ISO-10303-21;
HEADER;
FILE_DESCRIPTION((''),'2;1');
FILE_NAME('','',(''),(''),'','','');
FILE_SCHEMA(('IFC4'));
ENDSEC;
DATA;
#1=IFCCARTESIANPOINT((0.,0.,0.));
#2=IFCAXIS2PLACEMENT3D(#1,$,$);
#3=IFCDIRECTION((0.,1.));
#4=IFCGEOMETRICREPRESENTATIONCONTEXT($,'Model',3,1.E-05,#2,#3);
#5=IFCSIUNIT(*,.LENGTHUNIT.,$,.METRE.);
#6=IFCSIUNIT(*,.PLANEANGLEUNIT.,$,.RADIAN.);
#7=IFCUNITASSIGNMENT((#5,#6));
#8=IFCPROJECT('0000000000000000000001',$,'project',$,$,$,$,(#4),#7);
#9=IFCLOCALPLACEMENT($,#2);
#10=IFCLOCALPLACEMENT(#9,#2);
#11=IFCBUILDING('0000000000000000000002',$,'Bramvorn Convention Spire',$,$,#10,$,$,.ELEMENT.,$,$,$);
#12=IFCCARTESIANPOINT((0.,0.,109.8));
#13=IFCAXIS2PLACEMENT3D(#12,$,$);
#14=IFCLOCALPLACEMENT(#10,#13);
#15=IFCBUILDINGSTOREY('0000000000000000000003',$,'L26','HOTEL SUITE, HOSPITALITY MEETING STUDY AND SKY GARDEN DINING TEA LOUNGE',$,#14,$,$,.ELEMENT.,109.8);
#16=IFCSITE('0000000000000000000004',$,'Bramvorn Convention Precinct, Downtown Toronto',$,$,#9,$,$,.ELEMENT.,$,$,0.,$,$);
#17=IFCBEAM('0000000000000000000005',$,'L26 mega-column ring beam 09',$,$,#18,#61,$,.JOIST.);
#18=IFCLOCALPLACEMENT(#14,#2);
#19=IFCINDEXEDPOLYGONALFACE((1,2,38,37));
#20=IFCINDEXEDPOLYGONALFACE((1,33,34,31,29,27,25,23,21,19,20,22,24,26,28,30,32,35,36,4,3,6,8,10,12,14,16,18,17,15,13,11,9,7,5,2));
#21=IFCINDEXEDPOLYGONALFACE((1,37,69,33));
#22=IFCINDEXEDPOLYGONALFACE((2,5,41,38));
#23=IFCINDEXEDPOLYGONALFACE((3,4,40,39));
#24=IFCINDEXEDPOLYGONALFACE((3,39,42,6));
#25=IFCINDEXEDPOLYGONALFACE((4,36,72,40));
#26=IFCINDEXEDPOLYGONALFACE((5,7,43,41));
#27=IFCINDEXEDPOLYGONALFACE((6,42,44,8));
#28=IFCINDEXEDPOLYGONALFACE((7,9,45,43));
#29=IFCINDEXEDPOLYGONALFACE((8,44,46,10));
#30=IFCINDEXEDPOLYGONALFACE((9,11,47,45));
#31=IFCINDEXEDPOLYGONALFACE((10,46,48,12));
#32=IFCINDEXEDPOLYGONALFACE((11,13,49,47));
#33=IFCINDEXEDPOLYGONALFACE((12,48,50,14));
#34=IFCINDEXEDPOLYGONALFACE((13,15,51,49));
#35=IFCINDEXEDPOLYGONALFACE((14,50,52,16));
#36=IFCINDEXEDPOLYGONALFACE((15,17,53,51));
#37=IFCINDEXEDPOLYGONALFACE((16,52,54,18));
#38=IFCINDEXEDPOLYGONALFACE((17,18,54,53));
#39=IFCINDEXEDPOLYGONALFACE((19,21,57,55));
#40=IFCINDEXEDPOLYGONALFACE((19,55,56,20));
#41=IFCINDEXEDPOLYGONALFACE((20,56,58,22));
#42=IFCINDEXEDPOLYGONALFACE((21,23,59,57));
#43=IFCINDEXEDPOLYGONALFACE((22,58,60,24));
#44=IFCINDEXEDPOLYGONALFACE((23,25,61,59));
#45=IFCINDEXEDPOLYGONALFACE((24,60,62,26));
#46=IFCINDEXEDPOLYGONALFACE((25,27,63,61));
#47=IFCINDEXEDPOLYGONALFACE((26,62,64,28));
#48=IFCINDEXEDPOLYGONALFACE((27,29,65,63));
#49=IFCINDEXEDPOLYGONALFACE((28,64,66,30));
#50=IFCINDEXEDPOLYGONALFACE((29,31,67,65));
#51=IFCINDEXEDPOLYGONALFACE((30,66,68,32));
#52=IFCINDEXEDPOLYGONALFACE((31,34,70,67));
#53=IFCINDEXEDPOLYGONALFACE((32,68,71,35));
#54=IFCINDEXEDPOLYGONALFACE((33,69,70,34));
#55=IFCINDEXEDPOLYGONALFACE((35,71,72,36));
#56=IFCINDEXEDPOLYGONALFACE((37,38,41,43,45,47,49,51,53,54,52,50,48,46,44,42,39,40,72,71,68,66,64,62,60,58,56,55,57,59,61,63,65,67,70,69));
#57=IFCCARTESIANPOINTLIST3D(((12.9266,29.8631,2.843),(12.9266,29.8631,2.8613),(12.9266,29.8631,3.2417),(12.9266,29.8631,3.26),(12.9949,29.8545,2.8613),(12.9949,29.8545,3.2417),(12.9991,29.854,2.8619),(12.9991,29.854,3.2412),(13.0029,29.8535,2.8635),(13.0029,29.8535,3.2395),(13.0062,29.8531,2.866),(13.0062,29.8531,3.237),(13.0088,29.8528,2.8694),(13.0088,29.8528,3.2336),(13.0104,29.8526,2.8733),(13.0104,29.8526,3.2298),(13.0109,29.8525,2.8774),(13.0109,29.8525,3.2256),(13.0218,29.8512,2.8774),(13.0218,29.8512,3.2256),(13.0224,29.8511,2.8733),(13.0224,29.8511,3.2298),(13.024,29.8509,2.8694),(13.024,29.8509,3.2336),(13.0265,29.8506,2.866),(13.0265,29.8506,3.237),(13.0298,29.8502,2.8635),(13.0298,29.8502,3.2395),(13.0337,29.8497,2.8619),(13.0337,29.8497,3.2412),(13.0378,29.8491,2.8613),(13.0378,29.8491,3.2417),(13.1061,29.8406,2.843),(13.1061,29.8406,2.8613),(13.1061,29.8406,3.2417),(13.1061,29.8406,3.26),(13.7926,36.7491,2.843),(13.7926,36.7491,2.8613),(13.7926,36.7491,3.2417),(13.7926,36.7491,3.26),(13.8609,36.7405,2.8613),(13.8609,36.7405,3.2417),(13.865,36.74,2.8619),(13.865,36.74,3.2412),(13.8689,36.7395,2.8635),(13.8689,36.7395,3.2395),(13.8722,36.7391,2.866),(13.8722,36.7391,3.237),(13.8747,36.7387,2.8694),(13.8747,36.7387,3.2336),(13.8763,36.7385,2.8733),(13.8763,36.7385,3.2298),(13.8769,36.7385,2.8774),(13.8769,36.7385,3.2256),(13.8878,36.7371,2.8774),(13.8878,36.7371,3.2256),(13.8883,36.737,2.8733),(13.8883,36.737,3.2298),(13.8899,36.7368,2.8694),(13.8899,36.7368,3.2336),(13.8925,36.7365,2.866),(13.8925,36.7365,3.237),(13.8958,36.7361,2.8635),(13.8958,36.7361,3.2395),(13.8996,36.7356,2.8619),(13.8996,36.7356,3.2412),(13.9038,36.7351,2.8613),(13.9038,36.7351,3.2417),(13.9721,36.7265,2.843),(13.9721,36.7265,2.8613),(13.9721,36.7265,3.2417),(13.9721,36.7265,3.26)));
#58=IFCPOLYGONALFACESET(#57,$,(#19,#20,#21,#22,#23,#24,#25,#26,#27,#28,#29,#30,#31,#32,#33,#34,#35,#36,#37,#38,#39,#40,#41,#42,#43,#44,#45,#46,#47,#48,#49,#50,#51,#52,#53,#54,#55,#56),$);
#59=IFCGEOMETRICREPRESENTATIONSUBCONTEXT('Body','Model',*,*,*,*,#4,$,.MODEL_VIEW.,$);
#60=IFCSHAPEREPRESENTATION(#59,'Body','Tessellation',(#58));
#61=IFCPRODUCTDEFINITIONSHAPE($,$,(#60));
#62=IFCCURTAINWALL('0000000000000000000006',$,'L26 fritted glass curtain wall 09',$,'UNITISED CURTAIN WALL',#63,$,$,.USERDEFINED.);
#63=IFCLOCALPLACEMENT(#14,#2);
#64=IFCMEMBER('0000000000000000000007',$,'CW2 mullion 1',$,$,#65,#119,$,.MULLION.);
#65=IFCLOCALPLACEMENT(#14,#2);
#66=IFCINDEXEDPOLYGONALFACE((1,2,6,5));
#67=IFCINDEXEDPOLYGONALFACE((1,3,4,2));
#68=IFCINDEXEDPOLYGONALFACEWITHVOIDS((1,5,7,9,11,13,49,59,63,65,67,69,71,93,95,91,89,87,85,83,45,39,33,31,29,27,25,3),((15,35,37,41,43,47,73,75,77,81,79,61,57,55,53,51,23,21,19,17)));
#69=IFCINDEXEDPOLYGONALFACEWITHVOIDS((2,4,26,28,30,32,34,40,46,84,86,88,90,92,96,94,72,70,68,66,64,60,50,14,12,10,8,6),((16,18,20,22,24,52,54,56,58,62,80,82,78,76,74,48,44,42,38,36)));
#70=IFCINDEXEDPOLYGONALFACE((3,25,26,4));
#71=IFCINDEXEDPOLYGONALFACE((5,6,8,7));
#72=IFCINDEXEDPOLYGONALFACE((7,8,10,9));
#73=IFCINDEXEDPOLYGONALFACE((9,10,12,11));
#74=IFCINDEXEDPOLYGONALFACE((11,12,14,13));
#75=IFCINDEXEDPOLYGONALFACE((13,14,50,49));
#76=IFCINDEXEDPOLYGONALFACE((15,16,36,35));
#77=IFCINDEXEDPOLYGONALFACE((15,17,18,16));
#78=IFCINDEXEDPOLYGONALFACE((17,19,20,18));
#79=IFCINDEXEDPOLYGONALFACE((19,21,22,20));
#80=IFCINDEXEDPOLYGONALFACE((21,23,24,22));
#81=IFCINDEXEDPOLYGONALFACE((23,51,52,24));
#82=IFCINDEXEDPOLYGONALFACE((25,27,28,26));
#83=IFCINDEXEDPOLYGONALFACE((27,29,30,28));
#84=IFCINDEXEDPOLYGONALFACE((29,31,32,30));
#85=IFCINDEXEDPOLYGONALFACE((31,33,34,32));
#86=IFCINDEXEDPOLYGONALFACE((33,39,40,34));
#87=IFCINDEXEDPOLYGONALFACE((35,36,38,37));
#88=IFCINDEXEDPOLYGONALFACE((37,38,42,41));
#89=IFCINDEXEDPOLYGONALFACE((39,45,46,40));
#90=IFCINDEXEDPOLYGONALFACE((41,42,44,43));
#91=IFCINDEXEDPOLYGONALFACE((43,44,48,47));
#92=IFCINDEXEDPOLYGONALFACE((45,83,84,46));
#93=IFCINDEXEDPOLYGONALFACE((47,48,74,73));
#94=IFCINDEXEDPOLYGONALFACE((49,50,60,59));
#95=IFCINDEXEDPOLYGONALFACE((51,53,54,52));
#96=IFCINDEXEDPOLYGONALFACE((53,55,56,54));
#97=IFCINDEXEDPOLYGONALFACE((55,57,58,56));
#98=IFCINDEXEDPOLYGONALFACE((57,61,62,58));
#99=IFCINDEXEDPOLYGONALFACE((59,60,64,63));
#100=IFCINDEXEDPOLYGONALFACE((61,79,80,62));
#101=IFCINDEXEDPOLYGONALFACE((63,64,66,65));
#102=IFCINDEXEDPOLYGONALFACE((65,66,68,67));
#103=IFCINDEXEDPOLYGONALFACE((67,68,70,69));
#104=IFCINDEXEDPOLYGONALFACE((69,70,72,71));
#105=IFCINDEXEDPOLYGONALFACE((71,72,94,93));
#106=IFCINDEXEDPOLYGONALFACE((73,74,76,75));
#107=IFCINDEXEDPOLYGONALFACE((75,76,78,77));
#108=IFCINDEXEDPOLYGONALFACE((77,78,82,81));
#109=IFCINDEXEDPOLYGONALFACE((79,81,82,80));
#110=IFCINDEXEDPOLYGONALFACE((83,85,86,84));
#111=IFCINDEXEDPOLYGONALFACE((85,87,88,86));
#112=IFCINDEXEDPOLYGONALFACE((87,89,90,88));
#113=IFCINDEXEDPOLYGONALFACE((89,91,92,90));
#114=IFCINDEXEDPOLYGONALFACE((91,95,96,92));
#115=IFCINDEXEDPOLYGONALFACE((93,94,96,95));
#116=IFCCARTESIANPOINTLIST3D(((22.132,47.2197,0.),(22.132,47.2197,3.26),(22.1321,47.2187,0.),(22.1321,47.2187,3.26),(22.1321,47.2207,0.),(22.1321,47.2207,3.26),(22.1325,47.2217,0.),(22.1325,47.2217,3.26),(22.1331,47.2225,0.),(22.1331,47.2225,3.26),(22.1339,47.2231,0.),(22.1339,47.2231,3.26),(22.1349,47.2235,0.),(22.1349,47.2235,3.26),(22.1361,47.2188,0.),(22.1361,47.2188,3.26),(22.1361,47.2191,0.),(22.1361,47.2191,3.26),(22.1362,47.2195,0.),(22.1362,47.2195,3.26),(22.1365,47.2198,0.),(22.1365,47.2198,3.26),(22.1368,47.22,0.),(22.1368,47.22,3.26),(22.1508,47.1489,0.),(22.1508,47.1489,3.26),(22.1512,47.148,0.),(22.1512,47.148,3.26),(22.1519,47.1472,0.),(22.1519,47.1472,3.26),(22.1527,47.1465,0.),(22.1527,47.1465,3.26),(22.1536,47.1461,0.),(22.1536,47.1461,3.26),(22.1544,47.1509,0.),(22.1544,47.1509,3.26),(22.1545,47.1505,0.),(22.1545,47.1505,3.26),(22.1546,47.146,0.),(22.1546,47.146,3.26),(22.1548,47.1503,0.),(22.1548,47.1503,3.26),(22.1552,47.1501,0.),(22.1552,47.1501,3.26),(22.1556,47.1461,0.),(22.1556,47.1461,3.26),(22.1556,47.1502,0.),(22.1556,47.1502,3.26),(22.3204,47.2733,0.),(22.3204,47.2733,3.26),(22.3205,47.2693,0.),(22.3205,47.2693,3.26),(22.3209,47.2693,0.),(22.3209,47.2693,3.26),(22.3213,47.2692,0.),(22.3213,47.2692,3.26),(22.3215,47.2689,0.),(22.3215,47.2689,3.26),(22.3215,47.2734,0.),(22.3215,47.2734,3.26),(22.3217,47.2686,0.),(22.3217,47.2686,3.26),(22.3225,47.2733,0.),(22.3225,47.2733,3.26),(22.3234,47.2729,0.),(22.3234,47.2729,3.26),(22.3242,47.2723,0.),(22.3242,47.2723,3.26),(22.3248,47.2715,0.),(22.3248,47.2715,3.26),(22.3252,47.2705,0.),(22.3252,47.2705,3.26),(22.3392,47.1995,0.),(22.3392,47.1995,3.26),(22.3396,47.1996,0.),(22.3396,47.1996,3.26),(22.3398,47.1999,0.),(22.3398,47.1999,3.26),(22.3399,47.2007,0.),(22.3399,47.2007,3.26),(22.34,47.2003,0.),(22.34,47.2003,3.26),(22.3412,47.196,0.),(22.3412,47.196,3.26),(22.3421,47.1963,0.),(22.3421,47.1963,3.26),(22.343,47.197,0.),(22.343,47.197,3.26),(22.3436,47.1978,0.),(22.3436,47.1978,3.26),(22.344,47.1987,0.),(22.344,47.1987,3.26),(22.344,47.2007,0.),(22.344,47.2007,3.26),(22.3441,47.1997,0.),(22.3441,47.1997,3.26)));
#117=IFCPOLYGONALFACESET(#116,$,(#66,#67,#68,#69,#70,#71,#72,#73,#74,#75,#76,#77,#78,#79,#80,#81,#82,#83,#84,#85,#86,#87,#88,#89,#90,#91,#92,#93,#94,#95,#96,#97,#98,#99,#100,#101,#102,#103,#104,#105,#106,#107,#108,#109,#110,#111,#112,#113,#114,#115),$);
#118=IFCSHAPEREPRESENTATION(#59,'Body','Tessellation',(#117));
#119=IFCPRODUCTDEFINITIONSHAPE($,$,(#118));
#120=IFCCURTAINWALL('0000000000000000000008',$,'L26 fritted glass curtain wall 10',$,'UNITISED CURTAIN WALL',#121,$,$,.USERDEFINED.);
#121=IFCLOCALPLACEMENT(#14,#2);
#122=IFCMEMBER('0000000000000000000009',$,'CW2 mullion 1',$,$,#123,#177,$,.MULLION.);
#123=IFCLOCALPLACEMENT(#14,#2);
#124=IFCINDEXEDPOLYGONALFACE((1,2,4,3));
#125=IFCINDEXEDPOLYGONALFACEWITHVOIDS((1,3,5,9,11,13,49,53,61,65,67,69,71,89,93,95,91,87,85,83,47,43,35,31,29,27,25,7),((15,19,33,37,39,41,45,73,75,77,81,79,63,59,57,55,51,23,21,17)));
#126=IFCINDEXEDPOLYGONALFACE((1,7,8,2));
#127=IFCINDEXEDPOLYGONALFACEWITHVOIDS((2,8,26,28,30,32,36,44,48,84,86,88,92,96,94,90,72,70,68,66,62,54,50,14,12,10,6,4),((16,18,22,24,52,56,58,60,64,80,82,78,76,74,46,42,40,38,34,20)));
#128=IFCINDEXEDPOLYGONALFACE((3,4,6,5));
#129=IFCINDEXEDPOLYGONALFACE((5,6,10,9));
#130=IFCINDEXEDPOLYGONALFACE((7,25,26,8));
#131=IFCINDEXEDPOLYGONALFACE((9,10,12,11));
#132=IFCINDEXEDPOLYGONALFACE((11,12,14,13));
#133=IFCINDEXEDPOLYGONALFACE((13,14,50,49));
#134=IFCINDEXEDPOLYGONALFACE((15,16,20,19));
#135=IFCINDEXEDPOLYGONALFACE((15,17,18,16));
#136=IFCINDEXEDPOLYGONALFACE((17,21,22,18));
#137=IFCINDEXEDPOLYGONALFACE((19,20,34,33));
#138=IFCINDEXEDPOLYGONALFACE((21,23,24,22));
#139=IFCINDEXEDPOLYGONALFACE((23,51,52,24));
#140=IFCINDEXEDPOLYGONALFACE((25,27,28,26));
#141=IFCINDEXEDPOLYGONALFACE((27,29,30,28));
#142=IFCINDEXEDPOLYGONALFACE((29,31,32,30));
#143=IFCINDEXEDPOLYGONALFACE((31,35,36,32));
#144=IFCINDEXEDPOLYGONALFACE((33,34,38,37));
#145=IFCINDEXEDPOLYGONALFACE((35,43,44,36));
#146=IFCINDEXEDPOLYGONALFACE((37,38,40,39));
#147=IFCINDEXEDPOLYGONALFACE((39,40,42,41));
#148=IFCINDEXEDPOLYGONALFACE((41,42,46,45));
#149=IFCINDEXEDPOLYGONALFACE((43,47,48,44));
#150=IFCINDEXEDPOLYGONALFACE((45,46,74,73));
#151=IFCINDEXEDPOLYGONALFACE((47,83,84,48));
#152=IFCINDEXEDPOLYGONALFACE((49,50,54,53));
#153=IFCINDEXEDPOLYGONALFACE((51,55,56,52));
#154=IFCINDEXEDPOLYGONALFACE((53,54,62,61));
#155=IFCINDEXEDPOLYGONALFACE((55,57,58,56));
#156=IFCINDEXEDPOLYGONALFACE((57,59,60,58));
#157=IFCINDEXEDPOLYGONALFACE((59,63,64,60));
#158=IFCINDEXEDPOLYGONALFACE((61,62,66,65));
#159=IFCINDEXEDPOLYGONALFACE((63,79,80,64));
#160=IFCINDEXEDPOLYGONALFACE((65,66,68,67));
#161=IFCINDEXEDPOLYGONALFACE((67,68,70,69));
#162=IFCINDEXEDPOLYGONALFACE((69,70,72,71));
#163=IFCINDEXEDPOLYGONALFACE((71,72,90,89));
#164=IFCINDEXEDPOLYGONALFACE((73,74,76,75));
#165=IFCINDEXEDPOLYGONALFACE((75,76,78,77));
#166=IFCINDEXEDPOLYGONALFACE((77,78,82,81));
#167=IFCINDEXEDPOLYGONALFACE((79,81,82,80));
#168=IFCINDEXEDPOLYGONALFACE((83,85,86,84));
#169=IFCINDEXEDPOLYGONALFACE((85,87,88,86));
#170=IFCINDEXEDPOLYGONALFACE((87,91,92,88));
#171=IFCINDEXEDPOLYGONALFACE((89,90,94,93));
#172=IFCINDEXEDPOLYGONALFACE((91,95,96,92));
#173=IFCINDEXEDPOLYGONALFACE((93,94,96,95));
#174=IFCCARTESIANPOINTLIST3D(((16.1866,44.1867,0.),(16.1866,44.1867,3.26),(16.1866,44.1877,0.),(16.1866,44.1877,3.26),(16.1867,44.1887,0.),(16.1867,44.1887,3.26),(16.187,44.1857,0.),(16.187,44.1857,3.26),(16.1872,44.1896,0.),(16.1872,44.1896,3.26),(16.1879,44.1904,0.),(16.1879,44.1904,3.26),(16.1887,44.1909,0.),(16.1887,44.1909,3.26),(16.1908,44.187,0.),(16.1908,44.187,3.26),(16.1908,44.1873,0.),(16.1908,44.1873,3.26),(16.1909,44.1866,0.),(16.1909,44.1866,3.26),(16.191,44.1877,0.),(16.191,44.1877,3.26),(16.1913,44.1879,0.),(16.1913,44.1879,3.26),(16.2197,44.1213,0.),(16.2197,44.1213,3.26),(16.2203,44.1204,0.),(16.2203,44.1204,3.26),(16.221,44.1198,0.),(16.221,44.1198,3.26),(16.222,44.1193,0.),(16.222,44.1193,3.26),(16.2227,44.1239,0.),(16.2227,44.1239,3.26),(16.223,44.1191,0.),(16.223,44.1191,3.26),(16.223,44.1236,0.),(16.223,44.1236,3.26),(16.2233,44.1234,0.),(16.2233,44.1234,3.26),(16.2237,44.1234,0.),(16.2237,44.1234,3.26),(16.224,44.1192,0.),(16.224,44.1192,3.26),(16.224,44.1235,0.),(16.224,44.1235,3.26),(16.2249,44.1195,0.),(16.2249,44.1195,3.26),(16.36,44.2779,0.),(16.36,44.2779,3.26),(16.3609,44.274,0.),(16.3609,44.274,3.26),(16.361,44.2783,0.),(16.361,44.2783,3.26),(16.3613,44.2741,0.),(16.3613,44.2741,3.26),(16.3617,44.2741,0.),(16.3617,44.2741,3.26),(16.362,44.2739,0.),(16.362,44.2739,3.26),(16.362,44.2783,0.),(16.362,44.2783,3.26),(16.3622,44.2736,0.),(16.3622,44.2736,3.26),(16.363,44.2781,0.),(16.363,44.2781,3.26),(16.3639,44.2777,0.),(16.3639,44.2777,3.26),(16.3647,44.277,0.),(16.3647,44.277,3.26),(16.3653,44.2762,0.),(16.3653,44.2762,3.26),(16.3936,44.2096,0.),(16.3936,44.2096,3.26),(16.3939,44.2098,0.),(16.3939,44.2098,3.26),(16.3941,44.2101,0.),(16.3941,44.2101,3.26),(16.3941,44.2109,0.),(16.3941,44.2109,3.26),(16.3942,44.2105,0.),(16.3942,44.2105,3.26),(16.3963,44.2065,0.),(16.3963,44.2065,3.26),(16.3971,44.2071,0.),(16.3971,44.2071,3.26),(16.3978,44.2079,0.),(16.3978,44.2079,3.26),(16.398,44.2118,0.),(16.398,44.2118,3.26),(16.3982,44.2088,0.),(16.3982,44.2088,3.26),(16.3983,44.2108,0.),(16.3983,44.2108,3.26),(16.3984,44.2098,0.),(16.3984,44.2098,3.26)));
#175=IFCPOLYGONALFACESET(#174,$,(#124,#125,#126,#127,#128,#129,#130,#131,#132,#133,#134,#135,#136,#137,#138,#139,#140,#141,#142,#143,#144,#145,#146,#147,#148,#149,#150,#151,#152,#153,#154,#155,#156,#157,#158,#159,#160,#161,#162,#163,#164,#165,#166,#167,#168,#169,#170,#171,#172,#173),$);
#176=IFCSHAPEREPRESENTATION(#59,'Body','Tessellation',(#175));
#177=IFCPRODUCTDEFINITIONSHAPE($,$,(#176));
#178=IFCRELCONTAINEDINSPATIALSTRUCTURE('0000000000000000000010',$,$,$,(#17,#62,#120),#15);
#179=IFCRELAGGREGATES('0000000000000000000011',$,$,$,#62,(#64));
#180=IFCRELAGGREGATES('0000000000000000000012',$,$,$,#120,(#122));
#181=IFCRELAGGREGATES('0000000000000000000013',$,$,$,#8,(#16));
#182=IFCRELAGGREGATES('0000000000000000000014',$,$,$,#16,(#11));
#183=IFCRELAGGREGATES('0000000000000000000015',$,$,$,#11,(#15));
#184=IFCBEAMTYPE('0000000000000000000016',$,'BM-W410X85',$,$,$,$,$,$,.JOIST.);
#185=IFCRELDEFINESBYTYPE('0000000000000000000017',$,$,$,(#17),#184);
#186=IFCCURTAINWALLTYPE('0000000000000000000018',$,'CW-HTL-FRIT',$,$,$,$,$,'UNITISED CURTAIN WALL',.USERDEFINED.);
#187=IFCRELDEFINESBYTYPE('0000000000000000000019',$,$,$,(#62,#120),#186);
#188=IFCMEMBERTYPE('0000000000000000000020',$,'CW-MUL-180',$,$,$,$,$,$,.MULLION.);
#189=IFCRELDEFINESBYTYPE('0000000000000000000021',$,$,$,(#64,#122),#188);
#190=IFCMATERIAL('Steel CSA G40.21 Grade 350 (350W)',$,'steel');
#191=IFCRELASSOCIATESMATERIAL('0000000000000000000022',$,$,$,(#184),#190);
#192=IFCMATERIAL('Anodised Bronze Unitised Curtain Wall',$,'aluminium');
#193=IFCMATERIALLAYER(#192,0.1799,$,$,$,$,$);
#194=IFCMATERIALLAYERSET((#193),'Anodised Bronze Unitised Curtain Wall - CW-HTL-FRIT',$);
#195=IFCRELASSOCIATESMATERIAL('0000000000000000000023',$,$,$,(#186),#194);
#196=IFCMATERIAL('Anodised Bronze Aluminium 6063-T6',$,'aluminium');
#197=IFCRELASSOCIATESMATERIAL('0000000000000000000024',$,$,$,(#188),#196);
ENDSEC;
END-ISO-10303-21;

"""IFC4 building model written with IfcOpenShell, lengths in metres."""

from ifc_helpers import new_model, si_unit, direction, frame, origin, origin_2d, place, context, subcontext, project, spatial, hollow_rectangle, i_section, extrude, material, layer, layer_set, material_profile, profile_set, type_object, element, aggregate, save


model = new_model("IFC4")

# Units and contexts
model_context = context("Model", 3, precision=1e-05, world=origin(), true_north=direction((0.0, 1.0)))
body_context = subcontext(model_context, "Body", "Model", "MODEL_VIEW")
ifc_project = project(units=[si_unit("LENGTHUNIT", "METRE"), si_unit("PLANEANGLEUNIT", "RADIAN")], contexts=[model_context])

# Site, building, storey
site_placement = place(None, origin())
site = spatial("IfcSite", under=ifc_project, at=site_placement, Name="Bramvorn Convention Precinct, Downtown Toronto", CompositionType="ELEMENT", RefElevation=0.0)
building_placement = place(site_placement, origin())
building = spatial("IfcBuilding", under=site, at=building_placement, Name="Bramvorn Convention Spire", CompositionType="ELEMENT")
storey_placement = place(building_placement, frame((0.0, 0.0, 109.8)))
storey = spatial("IfcBuildingStorey", under=building, at=storey_placement, Name="L26", Description="HOTEL SUITE, HOSPITALITY MEETING STUDY AND SKY GARDEN DINING TEA LOUNGE", CompositionType="ELEMENT", Elevation=109.8)

# Shared definitions
ifc_material_1 = material(Name="Steel CSA G40.21 Grade 350 (350W)", Category="steel")

# Beam
ifc_material_profile_1 = material_profile(ifc_material_1, i_section(OverallWidth=0.1809, OverallDepth=0.417, WebThickness=0.011, FlangeThickness=0.0183, FilletRadius=0.0161, at=origin_2d()))
ifc_profile_set_1 = profile_set([ifc_material_profile_1], Name="Steel CSA G40.21 Grade 350 (350W) - W410X85")
beam_type_1 = type_object("IfcBeamType", Name="BM-W410X85", PredefinedType="JOIST", material=ifc_profile_set_1)
beam_1_placement = place(storey_placement, frame((13.8823, 36.7378, 3.0515), z_axis=(-0.124775, -0.992185, 0.0), x_axis=(0.992185, -0.124775, 0.0)))
element("IfcBeam", 1, at=beam_1_placement, inside=storey, type_object=beam_type_1, Name="L26 mega-column ring beam 09", PredefinedType="JOIST", context=body_context, shape_type="SweptSolid", body=[
    extrude(i_section(OverallWidth=0.1809, OverallDepth=0.417, WebThickness=0.011, FlangeThickness=0.0183, FilletRadius=0.0161, at=origin_2d()), origin(), (0.0, 0.0, 1.0), 6.9402),
])

# Curtain wall, member
ifc_material_2 = material(Name="Anodised Bronze Unitised Curtain Wall", Category="aluminium")
ifc_layer_1 = layer(ifc_material_2, 0.1799)
ifc_layer_set_1 = layer_set([ifc_layer_1], Name="Anodised Bronze Unitised Curtain Wall - CW-HTL-FRIT")
curtain_wall_type = type_object("IfcCurtainWallType", Name="CW-HTL-FRIT", ElementType="UNITISED CURTAIN WALL", PredefinedType="USERDEFINED", material=ifc_layer_set_1)
curtain_wall_1_placement = place(storey_placement, origin())
curtain_wall_1 = element("IfcCurtainWall", 2, at=curtain_wall_1_placement, inside=storey, type_object=curtain_wall_type, Name="L26 fritted glass curtain wall 09", ObjectType="UNITISED CURTAIN WALL", PredefinedType="USERDEFINED")
ifc_material_3 = material(Name="Anodised Bronze Aluminium 6063-T6", Category="aluminium")
ifc_material_profile_2 = material_profile(ifc_material_3, hollow_rectangle(XDim=0.0801, YDim=0.2, WallThickness=0.0039, InnerFilletRadius=0.001, OuterFilletRadius=0.0039, at=origin_2d()))
ifc_profile_set_2 = profile_set([ifc_material_profile_2], Name="Anodised Bronze Aluminium 6063-T6 - CWM80X200")
member_type_1 = type_object("IfcMemberType", Name="CW-MUL-180", PredefinedType="MULLION", material=ifc_profile_set_2)
member_1_placement = place(storey_placement, frame((22.238, 47.2097, 0.0), z_axis=(0.0, 0.0, 1.0), x_axis=(-0.25925, 0.96581, 0.0)))
member_1 = element("IfcMember", 3, at=member_1_placement, type_object=member_type_1, Name="CW2 mullion 1", PredefinedType="MULLION", context=body_context, shape_type="SweptSolid", body=[
    extrude(hollow_rectangle(XDim=0.0801, YDim=0.2, WallThickness=0.0039, InnerFilletRadius=0.001, OuterFilletRadius=0.0039, at=origin_2d()), origin(), (0.0, 0.0, 1.0), 3.26),
])

# Curtain wall, member
curtain_wall_2_placement = place(storey_placement, origin())
curtain_wall_2 = element("IfcCurtainWall", 4, at=curtain_wall_2_placement, inside=storey, type_object=curtain_wall_type, Name="L26 fritted glass curtain wall 10", ObjectType="UNITISED CURTAIN WALL", PredefinedType="USERDEFINED")
member_2_placement = place(storey_placement, frame((16.2925, 44.1987, 0.0), z_axis=(0.0, 0.0, 1.0), x_axis=(-0.452643, 0.891692, 0.0)))
member_2 = element("IfcMember", 5, at=member_2_placement, type_object=member_type_1, Name="CW2 mullion 1", PredefinedType="MULLION", context=body_context, shape_type="SweptSolid", body=[
    extrude(hollow_rectangle(XDim=0.0801, YDim=0.2, WallThickness=0.0039, InnerFilletRadius=0.001, OuterFilletRadius=0.0039, at=origin_2d()), origin(), (0.0, 0.0, 1.0), 3.26),
])

aggregate(curtain_wall_1, [member_1])

aggregate(curtain_wall_2, [member_2])

save(model, "model.ifc")
